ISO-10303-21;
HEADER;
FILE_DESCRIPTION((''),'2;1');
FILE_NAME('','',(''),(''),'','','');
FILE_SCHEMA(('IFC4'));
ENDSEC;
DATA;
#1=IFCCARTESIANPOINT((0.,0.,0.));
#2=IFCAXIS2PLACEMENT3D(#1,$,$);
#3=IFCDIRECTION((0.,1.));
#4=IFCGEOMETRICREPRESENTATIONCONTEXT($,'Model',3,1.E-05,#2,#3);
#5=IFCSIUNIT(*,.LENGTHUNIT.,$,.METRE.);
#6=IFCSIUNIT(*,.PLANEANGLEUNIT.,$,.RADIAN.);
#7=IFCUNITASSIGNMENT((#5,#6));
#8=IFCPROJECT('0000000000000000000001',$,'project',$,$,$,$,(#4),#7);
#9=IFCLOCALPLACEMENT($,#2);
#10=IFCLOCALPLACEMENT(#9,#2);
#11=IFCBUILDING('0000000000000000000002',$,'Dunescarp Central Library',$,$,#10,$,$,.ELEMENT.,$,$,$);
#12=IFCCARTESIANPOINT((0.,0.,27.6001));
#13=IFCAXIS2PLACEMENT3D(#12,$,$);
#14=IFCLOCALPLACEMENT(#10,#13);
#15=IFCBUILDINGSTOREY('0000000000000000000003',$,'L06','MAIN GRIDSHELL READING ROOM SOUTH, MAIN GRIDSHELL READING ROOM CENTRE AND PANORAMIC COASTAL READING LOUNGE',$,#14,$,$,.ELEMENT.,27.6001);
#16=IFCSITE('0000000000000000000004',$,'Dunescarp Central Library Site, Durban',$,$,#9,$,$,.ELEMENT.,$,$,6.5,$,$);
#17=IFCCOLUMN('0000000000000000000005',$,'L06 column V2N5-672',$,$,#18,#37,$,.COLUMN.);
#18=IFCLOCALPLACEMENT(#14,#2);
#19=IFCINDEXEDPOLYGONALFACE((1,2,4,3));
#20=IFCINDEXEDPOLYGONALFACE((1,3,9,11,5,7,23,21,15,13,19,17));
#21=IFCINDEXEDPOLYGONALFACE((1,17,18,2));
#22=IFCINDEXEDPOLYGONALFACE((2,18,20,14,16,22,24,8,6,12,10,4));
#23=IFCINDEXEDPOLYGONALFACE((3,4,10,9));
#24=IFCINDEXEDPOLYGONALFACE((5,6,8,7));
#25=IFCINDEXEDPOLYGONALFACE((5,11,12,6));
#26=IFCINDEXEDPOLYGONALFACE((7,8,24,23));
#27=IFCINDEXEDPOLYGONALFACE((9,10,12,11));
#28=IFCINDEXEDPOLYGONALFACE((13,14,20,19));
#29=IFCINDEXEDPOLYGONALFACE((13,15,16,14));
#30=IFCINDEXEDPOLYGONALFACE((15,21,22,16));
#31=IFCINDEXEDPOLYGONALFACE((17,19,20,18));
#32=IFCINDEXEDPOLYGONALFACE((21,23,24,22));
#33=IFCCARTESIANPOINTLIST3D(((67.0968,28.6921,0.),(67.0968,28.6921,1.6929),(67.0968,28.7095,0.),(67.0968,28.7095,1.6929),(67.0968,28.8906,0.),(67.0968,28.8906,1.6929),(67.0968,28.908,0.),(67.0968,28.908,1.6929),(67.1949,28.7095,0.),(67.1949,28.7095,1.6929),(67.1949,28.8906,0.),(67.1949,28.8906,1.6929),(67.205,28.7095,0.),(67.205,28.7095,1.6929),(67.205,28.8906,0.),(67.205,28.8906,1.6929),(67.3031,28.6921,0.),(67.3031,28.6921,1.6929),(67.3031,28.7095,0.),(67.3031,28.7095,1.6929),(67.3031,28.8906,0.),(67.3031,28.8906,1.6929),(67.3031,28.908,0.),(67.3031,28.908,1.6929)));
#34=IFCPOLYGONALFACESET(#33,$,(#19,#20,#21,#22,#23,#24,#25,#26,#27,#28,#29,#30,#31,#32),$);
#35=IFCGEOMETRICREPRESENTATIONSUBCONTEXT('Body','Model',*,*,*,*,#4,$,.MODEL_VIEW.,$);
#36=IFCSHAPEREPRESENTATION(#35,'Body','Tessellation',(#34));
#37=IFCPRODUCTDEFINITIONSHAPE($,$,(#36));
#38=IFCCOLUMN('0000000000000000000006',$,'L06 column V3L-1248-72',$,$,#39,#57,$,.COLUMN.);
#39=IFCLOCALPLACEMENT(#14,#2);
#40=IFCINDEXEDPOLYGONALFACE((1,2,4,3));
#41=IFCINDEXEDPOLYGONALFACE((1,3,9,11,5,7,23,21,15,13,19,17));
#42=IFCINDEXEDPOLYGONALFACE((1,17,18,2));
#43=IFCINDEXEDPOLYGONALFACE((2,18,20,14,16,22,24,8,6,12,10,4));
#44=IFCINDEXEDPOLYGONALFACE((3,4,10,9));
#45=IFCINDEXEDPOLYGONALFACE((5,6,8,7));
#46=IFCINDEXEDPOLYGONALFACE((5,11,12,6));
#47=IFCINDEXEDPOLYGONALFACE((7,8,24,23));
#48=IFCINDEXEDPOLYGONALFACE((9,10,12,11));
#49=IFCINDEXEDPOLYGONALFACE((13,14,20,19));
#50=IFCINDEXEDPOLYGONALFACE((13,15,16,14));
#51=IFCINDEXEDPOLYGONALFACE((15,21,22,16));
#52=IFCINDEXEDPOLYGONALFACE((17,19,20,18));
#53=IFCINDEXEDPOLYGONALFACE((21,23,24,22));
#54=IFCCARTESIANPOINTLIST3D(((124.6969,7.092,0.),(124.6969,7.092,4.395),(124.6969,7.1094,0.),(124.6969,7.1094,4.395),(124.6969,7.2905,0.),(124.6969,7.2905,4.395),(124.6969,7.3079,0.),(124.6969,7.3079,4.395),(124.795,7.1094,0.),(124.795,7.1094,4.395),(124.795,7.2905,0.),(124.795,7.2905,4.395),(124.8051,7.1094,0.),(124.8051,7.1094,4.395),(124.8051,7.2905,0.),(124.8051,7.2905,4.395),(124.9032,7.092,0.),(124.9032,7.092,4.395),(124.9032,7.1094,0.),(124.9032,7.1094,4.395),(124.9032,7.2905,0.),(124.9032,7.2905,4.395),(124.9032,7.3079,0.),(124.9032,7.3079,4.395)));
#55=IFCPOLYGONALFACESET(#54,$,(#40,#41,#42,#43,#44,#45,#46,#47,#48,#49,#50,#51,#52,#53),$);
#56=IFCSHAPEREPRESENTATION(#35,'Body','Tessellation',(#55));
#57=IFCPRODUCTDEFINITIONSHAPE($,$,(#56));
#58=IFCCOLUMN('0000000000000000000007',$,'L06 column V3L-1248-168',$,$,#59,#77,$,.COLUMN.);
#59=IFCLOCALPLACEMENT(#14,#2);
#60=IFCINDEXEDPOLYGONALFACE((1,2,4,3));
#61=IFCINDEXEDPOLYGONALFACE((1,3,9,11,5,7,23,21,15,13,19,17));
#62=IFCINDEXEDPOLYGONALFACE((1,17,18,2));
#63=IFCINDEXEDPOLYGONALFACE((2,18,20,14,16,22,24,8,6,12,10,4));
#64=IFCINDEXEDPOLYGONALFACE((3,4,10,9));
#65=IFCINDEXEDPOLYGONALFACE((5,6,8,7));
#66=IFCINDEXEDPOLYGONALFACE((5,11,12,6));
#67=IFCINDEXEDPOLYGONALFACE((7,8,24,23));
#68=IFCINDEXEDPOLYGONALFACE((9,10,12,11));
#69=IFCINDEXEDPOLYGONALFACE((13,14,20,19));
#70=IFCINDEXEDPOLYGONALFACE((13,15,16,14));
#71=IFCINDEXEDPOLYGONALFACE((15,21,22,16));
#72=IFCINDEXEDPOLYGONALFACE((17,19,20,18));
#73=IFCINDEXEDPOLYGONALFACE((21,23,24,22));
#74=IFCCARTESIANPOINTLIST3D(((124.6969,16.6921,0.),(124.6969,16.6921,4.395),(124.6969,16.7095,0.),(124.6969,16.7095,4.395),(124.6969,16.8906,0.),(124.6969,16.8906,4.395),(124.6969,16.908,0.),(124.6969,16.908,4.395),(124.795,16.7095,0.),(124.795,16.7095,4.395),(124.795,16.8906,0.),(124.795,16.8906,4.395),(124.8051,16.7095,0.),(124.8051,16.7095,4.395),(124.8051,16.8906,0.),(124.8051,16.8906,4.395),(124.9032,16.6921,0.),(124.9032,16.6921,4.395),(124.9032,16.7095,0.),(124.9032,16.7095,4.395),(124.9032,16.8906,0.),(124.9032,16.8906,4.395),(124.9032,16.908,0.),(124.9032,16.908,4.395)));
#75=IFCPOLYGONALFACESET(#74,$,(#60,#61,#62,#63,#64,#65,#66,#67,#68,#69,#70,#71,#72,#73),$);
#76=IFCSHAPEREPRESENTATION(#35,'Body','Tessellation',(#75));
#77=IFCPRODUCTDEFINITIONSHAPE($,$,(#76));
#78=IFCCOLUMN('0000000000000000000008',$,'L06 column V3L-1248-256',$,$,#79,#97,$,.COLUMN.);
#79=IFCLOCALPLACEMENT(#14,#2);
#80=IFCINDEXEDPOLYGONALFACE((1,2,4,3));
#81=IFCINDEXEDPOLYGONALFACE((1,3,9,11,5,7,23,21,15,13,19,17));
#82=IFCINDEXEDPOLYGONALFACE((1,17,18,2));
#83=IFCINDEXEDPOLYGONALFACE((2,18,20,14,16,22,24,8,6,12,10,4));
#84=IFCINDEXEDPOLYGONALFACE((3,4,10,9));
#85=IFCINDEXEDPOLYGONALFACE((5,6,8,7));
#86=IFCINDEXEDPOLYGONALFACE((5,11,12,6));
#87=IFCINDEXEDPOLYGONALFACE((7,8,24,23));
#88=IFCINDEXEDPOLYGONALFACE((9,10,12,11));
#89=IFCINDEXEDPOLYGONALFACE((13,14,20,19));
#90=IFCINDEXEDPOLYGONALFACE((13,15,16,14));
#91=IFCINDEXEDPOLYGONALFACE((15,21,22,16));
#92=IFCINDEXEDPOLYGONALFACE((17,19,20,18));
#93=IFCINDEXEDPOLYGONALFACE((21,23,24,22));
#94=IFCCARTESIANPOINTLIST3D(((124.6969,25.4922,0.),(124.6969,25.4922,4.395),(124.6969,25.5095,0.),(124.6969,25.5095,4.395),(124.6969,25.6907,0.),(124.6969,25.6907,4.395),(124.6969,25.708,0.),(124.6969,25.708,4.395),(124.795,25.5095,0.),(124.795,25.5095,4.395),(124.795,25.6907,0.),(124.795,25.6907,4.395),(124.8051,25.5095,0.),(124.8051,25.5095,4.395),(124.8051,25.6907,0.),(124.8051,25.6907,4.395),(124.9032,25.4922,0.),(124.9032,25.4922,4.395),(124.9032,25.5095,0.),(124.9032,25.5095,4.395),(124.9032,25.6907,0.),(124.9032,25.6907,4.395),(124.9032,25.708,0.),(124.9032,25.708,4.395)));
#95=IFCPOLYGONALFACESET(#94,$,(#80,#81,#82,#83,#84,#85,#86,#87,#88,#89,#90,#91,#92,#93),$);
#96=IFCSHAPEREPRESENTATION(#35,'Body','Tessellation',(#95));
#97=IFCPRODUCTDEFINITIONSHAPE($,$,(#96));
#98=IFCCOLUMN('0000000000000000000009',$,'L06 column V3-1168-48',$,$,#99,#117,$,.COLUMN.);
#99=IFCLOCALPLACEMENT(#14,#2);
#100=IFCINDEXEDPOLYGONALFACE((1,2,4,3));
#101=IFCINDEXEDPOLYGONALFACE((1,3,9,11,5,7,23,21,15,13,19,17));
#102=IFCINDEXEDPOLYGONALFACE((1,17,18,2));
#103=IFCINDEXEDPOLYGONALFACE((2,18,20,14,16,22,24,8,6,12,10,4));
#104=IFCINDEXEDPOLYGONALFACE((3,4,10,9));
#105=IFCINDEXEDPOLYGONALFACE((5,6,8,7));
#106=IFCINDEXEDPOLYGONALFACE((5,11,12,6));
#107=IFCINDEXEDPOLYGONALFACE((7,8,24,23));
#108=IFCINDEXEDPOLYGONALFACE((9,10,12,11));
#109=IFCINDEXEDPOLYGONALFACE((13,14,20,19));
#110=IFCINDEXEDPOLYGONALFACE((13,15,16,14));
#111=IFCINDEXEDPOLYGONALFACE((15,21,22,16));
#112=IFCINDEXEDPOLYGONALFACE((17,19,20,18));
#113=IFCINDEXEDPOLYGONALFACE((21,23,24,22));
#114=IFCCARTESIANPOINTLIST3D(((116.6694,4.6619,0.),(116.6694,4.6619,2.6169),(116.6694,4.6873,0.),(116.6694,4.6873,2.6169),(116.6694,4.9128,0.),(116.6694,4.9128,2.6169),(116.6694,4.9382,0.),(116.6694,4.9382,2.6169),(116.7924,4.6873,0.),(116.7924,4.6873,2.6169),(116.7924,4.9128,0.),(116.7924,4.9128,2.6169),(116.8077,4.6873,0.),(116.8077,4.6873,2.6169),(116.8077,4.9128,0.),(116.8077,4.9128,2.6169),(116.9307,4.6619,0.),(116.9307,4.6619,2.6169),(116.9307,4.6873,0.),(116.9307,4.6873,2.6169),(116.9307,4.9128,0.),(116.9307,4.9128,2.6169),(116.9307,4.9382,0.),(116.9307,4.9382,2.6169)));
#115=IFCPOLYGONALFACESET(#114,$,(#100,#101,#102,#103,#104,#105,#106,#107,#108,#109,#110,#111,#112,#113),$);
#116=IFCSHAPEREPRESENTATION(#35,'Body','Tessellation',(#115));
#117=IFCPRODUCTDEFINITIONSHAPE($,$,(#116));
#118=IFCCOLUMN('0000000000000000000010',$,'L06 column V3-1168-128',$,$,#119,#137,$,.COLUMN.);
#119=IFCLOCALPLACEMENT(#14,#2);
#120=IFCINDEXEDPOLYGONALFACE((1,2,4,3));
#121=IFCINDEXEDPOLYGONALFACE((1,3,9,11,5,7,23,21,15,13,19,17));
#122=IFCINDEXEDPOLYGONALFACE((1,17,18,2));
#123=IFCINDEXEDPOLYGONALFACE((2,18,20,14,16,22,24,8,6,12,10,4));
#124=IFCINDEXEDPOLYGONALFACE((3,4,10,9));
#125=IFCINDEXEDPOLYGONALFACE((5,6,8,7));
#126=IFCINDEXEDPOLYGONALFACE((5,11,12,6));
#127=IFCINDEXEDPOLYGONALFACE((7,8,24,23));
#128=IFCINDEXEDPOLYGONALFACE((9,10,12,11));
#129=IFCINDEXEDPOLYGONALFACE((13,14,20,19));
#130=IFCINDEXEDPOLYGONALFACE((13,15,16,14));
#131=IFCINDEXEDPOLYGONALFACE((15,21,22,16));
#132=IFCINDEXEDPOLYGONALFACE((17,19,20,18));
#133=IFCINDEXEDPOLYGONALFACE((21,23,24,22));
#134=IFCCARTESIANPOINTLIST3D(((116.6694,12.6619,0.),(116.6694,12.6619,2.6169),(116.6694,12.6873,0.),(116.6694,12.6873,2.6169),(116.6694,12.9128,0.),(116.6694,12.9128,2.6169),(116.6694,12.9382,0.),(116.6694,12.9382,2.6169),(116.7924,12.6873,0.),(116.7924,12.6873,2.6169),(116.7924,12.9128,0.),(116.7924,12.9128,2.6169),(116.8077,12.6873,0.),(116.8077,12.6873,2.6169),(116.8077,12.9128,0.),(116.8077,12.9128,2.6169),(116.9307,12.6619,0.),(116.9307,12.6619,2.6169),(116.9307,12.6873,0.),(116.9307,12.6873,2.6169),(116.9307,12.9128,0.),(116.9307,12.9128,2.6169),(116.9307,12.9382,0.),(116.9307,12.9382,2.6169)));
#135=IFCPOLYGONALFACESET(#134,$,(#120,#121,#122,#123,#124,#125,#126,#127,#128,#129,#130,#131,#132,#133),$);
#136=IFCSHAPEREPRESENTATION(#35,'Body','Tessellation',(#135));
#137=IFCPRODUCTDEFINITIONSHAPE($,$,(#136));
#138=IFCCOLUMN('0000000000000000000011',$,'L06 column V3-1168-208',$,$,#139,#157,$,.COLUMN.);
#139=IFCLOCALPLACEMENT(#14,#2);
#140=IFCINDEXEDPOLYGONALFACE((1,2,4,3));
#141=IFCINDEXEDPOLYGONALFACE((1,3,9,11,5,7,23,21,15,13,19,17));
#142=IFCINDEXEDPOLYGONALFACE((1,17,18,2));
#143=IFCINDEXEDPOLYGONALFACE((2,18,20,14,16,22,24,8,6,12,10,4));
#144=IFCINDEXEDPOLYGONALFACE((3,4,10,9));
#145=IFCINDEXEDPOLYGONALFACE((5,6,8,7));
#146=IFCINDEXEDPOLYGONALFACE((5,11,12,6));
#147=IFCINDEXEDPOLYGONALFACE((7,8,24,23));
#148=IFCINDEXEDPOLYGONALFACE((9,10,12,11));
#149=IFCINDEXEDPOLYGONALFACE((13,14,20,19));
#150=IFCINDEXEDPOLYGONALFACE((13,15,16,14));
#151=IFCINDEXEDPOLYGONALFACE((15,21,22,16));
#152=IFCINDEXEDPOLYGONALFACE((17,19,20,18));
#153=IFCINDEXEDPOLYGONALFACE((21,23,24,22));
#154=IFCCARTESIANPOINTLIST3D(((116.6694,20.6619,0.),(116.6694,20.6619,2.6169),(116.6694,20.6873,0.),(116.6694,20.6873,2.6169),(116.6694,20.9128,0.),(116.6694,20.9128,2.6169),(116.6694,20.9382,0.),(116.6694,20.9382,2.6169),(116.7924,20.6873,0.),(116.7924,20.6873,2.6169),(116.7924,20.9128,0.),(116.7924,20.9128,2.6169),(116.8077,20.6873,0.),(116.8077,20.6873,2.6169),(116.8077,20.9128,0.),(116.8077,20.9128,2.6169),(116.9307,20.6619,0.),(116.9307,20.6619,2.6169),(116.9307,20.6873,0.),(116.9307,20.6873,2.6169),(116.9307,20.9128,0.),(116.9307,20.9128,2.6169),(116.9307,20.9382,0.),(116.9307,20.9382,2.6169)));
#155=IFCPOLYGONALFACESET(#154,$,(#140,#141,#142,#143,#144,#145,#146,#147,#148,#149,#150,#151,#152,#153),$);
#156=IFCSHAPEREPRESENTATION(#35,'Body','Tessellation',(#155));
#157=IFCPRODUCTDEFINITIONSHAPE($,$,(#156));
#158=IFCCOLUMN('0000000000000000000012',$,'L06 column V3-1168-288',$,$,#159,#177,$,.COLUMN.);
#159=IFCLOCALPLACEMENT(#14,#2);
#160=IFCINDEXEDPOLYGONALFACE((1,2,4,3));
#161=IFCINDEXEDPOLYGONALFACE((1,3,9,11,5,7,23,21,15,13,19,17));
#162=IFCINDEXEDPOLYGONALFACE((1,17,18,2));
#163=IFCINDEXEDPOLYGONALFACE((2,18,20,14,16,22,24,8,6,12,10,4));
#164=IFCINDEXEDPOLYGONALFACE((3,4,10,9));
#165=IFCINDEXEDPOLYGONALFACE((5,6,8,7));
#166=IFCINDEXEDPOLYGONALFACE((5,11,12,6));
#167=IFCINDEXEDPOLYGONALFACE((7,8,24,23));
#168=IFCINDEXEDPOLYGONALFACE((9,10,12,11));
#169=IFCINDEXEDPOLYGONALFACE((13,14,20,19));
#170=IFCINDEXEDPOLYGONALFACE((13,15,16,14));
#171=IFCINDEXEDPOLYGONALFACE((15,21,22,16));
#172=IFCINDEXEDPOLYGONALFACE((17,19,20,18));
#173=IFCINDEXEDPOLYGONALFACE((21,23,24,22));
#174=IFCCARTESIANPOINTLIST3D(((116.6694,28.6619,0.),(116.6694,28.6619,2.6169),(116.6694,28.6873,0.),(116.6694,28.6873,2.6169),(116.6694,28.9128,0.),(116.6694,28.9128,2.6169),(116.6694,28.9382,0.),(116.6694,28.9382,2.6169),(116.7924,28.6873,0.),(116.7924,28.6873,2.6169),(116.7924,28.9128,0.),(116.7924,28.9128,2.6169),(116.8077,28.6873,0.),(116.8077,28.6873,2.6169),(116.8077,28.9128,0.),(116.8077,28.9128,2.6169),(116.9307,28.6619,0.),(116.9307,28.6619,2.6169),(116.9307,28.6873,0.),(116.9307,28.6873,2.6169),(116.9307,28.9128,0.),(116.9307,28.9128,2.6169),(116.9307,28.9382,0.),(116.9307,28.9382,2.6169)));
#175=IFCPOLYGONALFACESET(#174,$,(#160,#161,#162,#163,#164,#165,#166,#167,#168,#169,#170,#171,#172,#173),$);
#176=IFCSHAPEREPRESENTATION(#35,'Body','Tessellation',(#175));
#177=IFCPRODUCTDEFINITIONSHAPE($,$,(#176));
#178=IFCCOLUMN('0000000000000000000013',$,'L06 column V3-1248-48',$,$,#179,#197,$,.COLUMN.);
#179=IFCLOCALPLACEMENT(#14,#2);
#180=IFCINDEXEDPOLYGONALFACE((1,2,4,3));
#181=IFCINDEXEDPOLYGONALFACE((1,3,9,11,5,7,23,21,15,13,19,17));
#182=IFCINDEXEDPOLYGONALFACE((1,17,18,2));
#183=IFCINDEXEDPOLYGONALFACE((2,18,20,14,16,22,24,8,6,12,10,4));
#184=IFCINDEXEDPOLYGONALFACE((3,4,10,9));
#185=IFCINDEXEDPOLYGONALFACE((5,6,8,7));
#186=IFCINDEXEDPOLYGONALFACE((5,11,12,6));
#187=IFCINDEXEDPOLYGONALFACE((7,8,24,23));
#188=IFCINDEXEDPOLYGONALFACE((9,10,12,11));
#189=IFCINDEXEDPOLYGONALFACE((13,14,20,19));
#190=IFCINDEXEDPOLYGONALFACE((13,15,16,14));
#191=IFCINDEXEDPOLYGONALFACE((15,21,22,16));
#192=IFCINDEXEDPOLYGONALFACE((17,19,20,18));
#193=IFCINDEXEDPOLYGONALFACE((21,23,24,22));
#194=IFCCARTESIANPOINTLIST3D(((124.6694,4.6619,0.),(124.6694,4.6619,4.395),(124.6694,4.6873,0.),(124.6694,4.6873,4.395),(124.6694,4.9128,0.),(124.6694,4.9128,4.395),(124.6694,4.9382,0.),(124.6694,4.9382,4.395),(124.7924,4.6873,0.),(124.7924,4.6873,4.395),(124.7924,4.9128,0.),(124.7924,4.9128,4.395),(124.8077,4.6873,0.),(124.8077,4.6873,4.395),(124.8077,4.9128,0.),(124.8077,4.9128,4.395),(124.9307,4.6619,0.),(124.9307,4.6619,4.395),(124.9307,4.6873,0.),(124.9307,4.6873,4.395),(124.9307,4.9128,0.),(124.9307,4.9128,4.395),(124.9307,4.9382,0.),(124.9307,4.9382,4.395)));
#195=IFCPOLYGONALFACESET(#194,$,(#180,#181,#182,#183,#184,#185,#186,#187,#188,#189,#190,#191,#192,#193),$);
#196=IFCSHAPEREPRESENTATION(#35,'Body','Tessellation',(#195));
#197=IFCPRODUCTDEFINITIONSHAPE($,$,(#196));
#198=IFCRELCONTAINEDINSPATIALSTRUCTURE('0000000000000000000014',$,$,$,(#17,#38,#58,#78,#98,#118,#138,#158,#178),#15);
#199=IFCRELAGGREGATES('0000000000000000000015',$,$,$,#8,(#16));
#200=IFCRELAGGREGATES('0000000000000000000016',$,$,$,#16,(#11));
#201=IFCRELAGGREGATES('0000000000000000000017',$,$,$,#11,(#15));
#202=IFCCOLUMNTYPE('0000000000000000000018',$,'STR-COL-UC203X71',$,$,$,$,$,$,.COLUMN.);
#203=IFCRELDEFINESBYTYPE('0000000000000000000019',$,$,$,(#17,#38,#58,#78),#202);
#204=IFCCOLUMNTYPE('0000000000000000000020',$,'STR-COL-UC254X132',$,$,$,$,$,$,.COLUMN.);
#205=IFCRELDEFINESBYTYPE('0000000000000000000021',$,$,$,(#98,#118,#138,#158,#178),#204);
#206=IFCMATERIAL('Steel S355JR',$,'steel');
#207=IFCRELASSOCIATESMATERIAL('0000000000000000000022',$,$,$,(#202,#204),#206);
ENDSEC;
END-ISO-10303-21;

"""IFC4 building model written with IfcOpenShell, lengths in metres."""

from ifc_helpers import new_model, si_unit, direction, frame, origin, origin_2d, place, context, subcontext, project, spatial, i_section, extrude, material, material_profile, profile_set, type_object, element, save


model = new_model("IFC4")

# Units and contexts
model_context = context("Model", 3, precision=1e-05, world=origin(), true_north=direction((0.0, 1.0)))
body_context = subcontext(model_context, "Body", "Model", "MODEL_VIEW")
ifc_project = project(units=[si_unit("LENGTHUNIT", "METRE"), si_unit("PLANEANGLEUNIT", "RADIAN")], contexts=[model_context])

# Site, building, storey
site_placement = place(None, origin())
site = spatial("IfcSite", under=ifc_project, at=site_placement, Name="Dunescarp Central Library Site, Durban", CompositionType="ELEMENT", RefElevation=6.5)
building_placement = place(site_placement, origin())
building = spatial("IfcBuilding", under=site, at=building_placement, Name="Dunescarp Central Library", CompositionType="ELEMENT")
storey_placement = place(building_placement, frame((0.0, 0.0, 27.6001)))
storey = spatial("IfcBuildingStorey", under=building, at=storey_placement, Name="L06", Description="MAIN GRIDSHELL READING ROOM SOUTH, MAIN GRIDSHELL READING ROOM CENTRE AND PANORAMIC COASTAL READING LOUNGE", CompositionType="ELEMENT", Elevation=27.6001)

# Columns
ifc_material = material(Name="Steel S355JR", Category="steel")
ifc_material_profile_1 = material_profile(ifc_material, i_section(OverallWidth=0.2063, OverallDepth=0.2158, WebThickness=0.01, FlangeThickness=0.0173, at=origin_2d()), Name="UC 203x203x71")
ifc_profile_set_1 = profile_set([ifc_material_profile_1], Name="Steel S355JR")
column_type_1 = type_object("IfcColumnType", Name="STR-COL-UC203X71", PredefinedType="COLUMN", material=ifc_profile_set_1)
column_placement = place(storey_placement, frame((67.2, 28.8, 0.0), z_axis=(0.0, 0.0, 1.0), x_axis=(1.0, 0.0, 0.0)))
element("IfcColumn", 1, at=column_placement, inside=storey, type_object=column_type_1, Name="L06 column V2N5-672", PredefinedType="COLUMN", context=body_context, shape_type="SweptSolid", body=[
    extrude(i_section(OverallWidth=0.2063, OverallDepth=0.2158, WebThickness=0.01, FlangeThickness=0.0173, at=origin_2d()), origin(), (0.0, 0.0, 1.0), 1.6929),
])
for number, where, z_axis, x_axis, name in (
    (2, (124.8, 7.2, 0.0), (0.0, 0.0, 1.0), (1.0, 0.0, 0.0), "L06 column V3L-1248-72"),
    (3, (124.8, 16.8, 0.0), (0.0, 0.0, 1.0), (1.0, 0.0, 0.0), "L06 column V3L-1248-168"),
    (4, (124.8, 25.6001, 0.0), (0.0, 0.0, 1.0), (1.0, 0.0, 0.0), "L06 column V3L-1248-256"),
):
    element("IfcColumn", number, at=place(storey_placement, frame(where, z_axis=z_axis, x_axis=x_axis)), inside=storey, type_object=column_type_1, Name=name, PredefinedType="COLUMN", context=body_context, shape_type="SweptSolid", body=[
        extrude(i_section(OverallWidth=0.2063, OverallDepth=0.2158, WebThickness=0.01, FlangeThickness=0.0173, at=origin_2d()), origin(), (0.0, 0.0, 1.0), 4.395),
    ])
ifc_material_profile_2 = material_profile(ifc_material, i_section(OverallWidth=0.2612, OverallDepth=0.2764, WebThickness=0.0154, FlangeThickness=0.0254, at=origin_2d()), Name="UC 254x254x132")
ifc_profile_set_2 = profile_set([ifc_material_profile_2], Name="Steel S355JR")
column_type_2 = type_object("IfcColumnType", Name="STR-COL-UC254X132", PredefinedType="COLUMN", material=ifc_profile_set_2)
for number, where, z_axis, x_axis, name in (
    (5, (116.8, 4.8, 0.0), (0.0, 0.0, 1.0), (1.0, 0.0, 0.0), "L06 column V3-1168-48"),
    (6, (116.8, 12.8, 0.0), (0.0, 0.0, 1.0), (1.0, 0.0, 0.0), "L06 column V3-1168-128"),
    (7, (116.8, 20.8, 0.0), (0.0, 0.0, 1.0), (1.0, 0.0, 0.0), "L06 column V3-1168-208"),
    (8, (116.8, 28.8, 0.0), (0.0, 0.0, 1.0), (1.0, 0.0, 0.0), "L06 column V3-1168-288"),
):
    element("IfcColumn", number, at=place(storey_placement, frame(where, z_axis=z_axis, x_axis=x_axis)), inside=storey, type_object=column_type_2, Name=name, PredefinedType="COLUMN", context=body_context, shape_type="SweptSolid", body=[
        extrude(i_section(OverallWidth=0.2612, OverallDepth=0.2764, WebThickness=0.0154, FlangeThickness=0.0254, at=origin_2d()), origin(), (0.0, 0.0, 1.0), 2.6169),
    ])
for number, where, z_axis, x_axis, name in (
    (9, (124.8, 4.8, 0.0), (0.0, 0.0, 1.0), (1.0, 0.0, 0.0), "L06 column V3-1248-48"),
):
    element("IfcColumn", number, at=place(storey_placement, frame(where, z_axis=z_axis, x_axis=x_axis)), inside=storey, type_object=column_type_2, Name=name, PredefinedType="COLUMN", context=body_context, shape_type="SweptSolid", body=[
        extrude(i_section(OverallWidth=0.2612, OverallDepth=0.2764, WebThickness=0.0154, FlangeThickness=0.0254, at=origin_2d()), origin(), (0.0, 0.0, 1.0), 4.395),
    ])

save(model, "model.ifc")
